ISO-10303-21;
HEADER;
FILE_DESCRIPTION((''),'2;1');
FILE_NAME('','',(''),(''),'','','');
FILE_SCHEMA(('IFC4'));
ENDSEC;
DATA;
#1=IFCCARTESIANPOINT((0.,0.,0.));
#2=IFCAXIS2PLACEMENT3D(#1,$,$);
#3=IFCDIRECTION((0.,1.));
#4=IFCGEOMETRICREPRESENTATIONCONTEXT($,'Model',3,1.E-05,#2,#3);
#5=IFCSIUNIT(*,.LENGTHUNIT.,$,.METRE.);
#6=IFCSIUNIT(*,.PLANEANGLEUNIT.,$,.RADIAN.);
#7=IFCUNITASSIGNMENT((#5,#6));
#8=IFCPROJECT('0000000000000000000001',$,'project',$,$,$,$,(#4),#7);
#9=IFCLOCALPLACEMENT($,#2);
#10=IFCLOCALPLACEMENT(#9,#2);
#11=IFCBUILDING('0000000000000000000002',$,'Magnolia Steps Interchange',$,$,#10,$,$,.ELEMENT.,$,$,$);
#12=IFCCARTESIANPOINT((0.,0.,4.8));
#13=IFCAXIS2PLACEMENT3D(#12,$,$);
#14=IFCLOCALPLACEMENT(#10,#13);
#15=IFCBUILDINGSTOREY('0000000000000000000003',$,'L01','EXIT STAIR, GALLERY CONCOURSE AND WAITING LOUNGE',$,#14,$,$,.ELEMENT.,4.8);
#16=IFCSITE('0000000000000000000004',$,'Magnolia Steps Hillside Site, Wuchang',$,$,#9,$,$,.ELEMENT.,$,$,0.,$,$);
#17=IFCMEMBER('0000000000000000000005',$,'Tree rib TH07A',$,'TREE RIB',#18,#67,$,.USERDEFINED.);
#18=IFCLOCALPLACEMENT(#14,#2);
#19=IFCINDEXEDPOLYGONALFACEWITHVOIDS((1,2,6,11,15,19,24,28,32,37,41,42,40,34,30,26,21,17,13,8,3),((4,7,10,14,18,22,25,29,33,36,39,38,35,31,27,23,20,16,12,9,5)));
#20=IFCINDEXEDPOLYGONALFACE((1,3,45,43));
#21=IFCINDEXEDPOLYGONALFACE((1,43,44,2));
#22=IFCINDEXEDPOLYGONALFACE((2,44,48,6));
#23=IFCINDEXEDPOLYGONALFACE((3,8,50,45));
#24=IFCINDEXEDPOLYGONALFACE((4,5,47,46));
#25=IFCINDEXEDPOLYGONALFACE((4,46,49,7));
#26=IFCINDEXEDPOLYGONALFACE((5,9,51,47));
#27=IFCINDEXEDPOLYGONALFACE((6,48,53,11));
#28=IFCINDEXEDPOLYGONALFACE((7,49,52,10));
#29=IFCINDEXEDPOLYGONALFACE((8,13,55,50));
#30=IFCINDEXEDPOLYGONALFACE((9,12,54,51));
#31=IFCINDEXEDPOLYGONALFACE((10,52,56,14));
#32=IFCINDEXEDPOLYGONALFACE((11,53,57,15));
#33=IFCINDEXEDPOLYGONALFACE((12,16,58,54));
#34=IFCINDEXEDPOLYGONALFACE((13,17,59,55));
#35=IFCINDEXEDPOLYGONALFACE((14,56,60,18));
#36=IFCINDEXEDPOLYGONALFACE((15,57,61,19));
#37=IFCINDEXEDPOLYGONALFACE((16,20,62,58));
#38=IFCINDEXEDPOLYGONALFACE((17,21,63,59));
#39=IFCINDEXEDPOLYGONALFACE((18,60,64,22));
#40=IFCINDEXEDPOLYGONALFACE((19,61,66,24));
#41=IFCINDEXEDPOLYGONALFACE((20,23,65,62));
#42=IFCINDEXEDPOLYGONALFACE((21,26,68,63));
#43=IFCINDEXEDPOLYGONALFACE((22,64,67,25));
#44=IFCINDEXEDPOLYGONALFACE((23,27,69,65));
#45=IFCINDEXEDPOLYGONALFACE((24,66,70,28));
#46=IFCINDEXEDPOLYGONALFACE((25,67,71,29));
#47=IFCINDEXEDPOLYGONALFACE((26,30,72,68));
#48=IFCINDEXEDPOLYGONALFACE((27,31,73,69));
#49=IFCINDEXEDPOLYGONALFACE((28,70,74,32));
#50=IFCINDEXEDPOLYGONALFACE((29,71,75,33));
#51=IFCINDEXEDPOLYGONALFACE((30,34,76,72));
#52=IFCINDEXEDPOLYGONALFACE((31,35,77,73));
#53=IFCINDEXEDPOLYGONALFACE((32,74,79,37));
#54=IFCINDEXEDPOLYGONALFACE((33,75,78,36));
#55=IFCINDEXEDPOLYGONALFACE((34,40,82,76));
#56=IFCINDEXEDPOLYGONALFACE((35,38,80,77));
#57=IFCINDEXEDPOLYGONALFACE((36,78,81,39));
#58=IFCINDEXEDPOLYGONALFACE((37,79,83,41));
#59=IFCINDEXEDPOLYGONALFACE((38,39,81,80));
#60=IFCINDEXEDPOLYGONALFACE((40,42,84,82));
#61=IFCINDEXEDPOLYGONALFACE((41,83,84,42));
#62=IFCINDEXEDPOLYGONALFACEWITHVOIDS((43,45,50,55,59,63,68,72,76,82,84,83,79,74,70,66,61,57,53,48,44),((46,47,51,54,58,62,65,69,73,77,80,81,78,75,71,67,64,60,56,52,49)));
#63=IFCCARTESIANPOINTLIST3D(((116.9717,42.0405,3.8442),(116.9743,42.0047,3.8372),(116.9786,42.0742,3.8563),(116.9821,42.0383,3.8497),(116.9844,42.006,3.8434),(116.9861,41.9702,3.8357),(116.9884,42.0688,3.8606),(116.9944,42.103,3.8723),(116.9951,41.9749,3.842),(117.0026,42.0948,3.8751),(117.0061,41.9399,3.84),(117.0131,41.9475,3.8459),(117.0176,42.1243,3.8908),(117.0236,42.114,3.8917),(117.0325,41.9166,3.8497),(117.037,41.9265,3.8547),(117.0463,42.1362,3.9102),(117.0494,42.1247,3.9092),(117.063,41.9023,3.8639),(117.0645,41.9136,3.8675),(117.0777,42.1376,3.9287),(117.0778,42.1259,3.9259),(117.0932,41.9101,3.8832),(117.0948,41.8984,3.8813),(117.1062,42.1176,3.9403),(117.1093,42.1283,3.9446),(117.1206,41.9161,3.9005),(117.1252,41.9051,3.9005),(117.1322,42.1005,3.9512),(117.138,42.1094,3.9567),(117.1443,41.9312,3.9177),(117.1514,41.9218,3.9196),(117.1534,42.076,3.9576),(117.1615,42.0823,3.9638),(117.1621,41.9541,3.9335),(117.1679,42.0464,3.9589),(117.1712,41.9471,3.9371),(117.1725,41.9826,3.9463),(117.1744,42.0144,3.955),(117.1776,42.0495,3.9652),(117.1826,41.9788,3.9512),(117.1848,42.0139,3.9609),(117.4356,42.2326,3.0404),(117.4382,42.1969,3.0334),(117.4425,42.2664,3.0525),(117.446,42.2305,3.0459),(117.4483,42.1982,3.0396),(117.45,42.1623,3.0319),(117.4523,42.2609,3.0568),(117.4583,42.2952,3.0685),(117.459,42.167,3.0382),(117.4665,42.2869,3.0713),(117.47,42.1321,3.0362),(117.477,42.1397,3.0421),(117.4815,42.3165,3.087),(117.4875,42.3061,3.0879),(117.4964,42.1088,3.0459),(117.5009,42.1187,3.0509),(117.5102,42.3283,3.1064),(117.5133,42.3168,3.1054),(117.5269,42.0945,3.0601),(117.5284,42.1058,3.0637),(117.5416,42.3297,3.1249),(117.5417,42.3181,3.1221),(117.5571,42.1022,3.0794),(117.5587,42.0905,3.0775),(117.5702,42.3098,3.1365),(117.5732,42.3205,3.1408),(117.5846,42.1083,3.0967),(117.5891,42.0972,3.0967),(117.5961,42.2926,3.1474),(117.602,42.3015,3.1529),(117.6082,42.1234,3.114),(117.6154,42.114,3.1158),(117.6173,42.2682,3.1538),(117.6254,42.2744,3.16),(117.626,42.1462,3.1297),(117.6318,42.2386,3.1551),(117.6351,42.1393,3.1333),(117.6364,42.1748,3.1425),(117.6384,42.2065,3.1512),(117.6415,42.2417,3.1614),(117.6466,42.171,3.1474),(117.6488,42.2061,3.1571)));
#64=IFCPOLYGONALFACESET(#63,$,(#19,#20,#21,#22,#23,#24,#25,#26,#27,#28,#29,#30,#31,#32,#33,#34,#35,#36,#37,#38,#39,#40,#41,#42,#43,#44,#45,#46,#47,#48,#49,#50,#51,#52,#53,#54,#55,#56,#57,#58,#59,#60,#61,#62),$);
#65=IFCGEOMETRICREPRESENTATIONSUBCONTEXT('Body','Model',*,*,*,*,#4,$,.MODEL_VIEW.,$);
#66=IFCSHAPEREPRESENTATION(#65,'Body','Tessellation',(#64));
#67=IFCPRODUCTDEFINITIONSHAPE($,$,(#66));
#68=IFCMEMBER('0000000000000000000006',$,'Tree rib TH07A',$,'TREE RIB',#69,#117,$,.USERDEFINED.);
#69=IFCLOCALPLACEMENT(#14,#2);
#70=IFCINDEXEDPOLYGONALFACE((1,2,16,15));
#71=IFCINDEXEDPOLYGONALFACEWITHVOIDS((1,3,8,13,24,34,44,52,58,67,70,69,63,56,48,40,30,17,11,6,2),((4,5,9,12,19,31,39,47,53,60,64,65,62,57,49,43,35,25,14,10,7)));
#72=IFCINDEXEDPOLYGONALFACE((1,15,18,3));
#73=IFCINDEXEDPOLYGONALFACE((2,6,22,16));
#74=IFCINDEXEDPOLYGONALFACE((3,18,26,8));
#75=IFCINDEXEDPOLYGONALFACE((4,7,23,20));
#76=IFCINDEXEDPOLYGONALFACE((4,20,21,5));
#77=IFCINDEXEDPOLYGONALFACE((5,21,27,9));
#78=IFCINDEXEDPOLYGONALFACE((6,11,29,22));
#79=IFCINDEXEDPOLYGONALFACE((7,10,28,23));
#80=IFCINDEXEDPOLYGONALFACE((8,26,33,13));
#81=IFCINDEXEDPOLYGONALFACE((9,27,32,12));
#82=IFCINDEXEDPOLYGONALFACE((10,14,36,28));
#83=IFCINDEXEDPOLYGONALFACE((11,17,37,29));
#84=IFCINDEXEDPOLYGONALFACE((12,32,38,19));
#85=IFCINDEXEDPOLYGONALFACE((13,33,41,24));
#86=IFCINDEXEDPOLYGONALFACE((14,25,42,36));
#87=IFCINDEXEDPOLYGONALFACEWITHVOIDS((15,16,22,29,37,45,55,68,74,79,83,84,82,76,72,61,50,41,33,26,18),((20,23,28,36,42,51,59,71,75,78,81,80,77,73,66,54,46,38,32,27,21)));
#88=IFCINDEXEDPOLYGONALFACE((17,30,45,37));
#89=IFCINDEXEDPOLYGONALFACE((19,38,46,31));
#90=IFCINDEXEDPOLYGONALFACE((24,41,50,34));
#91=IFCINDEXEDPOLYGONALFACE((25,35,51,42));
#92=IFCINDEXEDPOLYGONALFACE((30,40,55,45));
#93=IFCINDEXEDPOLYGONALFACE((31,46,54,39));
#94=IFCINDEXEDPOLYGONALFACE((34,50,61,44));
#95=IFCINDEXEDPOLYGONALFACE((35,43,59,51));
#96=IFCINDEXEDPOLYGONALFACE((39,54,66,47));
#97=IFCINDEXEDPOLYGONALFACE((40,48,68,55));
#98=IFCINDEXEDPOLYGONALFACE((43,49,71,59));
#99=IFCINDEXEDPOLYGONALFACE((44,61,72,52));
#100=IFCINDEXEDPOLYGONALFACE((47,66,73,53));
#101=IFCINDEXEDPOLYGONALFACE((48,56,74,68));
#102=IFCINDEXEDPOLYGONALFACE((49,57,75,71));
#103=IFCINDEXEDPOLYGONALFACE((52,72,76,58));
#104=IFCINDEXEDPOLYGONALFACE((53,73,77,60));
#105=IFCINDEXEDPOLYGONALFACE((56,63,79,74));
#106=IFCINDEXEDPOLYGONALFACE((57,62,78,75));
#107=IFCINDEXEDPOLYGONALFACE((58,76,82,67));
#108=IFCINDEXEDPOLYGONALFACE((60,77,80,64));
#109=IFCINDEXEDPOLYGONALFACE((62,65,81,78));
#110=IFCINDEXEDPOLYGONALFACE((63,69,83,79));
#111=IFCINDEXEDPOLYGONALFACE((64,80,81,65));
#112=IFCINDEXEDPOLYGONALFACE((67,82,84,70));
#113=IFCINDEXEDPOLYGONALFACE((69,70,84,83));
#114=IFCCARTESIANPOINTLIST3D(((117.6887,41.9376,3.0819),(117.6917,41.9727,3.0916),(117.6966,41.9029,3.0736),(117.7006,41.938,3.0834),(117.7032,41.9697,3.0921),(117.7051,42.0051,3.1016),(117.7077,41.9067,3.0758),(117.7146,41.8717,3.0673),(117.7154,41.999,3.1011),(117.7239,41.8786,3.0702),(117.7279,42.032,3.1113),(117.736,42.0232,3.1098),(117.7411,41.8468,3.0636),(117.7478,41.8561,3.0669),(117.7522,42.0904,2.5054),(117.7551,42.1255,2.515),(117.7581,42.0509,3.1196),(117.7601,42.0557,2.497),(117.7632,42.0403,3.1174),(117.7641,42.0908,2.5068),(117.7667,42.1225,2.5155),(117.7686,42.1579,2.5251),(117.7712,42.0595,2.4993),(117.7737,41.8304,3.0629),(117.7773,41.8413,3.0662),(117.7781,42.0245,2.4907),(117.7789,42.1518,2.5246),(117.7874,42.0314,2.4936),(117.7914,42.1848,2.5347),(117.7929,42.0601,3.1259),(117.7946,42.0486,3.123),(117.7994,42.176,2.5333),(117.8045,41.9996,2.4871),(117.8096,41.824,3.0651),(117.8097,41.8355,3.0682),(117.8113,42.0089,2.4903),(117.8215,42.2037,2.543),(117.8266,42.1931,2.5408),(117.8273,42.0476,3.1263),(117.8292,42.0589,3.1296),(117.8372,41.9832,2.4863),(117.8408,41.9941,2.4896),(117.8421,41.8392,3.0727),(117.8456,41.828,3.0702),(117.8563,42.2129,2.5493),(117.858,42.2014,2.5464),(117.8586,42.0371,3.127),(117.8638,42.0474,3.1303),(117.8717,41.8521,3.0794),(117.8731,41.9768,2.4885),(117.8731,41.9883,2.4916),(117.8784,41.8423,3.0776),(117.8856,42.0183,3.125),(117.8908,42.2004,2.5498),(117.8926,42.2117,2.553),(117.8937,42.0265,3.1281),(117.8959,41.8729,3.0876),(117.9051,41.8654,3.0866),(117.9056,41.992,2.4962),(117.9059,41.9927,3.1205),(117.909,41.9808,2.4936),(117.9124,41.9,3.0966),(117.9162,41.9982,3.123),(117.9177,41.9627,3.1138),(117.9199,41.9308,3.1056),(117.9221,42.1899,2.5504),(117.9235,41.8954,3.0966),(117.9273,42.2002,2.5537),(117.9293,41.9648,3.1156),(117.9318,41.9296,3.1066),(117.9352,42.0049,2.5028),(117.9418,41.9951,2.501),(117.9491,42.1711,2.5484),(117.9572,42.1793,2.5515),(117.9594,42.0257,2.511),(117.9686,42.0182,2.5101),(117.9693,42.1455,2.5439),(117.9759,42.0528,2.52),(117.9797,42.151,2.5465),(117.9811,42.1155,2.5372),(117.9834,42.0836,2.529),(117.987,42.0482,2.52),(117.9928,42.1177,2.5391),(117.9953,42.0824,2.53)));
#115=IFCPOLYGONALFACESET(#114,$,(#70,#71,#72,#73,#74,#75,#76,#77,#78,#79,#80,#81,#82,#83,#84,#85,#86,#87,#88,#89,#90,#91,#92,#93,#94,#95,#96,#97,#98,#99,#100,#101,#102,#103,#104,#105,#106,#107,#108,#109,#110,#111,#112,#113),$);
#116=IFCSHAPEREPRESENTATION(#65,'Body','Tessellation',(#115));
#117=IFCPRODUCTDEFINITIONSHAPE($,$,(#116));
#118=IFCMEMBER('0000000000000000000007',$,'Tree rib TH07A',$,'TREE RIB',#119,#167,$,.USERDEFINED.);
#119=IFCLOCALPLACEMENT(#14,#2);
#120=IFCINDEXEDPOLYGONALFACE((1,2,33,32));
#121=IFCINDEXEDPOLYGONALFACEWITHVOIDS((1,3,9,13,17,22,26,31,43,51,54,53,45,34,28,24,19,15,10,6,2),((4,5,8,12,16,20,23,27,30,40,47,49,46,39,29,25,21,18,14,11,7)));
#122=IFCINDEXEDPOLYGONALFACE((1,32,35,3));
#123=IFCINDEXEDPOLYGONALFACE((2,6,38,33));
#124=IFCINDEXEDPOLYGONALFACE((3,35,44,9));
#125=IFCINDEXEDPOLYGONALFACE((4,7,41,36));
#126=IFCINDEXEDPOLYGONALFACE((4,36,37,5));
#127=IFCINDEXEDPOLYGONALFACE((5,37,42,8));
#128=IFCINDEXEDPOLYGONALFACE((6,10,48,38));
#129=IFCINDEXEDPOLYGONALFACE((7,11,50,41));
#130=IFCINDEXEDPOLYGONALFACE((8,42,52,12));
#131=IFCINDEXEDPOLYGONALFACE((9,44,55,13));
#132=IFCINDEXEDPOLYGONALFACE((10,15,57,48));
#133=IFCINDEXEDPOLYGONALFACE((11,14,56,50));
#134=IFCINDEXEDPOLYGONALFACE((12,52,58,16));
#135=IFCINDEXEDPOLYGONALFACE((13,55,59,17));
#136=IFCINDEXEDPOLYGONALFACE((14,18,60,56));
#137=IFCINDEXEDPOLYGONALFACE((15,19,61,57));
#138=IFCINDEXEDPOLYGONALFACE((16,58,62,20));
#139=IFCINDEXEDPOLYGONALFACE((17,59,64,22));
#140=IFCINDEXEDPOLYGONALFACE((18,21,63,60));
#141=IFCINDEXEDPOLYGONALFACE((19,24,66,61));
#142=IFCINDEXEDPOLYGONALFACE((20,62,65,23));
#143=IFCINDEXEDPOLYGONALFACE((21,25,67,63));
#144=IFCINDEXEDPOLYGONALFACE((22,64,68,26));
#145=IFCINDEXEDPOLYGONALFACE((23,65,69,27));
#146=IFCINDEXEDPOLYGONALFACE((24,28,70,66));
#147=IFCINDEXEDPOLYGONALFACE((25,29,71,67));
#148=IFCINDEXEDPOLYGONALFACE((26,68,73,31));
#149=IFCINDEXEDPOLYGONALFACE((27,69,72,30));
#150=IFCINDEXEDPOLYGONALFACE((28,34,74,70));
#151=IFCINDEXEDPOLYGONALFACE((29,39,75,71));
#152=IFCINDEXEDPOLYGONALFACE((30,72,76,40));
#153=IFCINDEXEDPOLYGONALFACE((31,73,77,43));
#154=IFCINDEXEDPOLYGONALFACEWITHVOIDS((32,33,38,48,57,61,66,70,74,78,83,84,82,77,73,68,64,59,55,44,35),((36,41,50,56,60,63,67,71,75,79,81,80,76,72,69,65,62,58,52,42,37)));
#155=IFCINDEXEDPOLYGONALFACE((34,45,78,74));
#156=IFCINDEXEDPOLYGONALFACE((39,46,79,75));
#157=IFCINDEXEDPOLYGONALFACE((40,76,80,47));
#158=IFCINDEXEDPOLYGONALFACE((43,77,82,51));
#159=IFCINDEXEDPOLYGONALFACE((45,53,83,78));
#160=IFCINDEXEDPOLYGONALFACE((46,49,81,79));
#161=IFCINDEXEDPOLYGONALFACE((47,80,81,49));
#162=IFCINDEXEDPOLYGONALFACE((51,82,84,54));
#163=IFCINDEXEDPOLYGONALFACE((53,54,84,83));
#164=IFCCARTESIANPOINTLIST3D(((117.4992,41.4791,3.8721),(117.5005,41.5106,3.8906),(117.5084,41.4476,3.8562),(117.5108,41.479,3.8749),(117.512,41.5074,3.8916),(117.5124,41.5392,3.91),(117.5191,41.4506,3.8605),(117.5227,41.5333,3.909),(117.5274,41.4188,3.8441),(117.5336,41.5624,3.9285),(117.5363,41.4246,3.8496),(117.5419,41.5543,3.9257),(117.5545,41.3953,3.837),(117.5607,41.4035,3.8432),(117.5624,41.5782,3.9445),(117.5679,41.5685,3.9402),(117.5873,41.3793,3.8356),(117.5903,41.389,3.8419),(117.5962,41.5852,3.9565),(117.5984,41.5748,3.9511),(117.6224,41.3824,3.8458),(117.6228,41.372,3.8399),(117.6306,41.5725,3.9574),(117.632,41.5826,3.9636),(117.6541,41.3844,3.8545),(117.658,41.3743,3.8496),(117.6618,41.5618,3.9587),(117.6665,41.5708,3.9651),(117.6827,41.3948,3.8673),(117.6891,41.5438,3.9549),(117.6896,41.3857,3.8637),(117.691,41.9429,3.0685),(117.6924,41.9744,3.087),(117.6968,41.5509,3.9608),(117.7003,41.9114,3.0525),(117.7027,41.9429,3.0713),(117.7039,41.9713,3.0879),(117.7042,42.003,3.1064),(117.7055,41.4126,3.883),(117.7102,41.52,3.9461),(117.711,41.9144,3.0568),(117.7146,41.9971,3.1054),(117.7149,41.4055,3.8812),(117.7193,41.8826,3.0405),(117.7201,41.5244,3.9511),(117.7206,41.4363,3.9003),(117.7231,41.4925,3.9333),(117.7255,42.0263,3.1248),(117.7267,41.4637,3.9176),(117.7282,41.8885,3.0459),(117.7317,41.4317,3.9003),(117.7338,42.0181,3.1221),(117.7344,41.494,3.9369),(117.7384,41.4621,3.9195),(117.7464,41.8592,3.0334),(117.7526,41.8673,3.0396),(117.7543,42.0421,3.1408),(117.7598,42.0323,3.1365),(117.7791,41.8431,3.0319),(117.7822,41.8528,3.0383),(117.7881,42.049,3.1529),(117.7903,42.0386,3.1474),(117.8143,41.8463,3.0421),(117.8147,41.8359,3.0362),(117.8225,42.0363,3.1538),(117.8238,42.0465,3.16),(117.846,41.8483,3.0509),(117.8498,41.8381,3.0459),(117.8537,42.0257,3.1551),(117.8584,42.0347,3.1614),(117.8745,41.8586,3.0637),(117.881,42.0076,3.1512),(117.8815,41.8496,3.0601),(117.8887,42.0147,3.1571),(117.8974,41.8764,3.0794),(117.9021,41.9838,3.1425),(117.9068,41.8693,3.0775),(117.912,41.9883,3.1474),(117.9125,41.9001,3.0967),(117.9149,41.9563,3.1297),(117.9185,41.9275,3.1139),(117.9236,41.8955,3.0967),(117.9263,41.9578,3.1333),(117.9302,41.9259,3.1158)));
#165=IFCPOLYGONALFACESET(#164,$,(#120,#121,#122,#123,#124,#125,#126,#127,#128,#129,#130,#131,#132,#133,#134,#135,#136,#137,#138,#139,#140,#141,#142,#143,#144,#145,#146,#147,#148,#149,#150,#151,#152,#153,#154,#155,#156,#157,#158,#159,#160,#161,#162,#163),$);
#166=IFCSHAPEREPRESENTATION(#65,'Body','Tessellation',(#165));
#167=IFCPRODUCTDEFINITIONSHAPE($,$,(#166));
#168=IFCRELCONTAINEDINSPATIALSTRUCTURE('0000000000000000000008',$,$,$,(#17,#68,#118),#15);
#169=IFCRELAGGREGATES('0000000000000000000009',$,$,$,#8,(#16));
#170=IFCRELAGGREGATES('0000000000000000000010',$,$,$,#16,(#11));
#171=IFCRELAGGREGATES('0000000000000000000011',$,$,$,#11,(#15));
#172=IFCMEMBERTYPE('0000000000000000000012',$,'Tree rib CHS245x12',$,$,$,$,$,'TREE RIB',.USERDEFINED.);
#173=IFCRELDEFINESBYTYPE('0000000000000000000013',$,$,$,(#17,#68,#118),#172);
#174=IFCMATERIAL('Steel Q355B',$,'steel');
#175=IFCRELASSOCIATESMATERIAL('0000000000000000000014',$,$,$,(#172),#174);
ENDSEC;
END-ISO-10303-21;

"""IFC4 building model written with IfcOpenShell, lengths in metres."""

from ifc_helpers import new_model, si_unit, direction, frame, origin, origin_2d, place, context, subcontext, project, spatial, hollow_circle, extrude, material, material_profile, profile_set, type_object, element, save


model = new_model("IFC4")

# Units and contexts
model_context = context("Model", 3, precision=1e-05, world=origin(), true_north=direction((0.0, 1.0)))
body_context = subcontext(model_context, "Body", "Model", "MODEL_VIEW")
ifc_project = project(units=[si_unit("LENGTHUNIT", "METRE"), si_unit("PLANEANGLEUNIT", "RADIAN")], contexts=[model_context])

# Site, building, storey
site_placement = place(None, origin())
site = spatial("IfcSite", under=ifc_project, at=site_placement, Name="Magnolia Steps Hillside Site, Wuchang", CompositionType="ELEMENT", RefElevation=0.0)
building_placement = place(site_placement, origin())
building = spatial("IfcBuilding", under=site, at=building_placement, Name="Magnolia Steps Interchange", CompositionType="ELEMENT")
storey_placement = place(building_placement, frame((0.0, 0.0, 4.8)))
storey = spatial("IfcBuildingStorey", under=building, at=storey_placement, Name="L01", Description="EXIT STAIR, GALLERY CONCOURSE AND WAITING LOUNGE", CompositionType="ELEMENT", Elevation=4.8)

# Members
ifc_material_1 = material(Name="Steel Q355B", Category="steel")
ifc_material_profile_1 = material_profile(ifc_material_1, hollow_circle(Radius=0.1226, WallThickness=0.012, at=origin_2d()), Name="CHS245x12")
ifc_profile_set_1 = profile_set([ifc_material_profile_1], Name="Steel Q355B")
member_type = type_object("IfcMemberType", Name="Tree rib CHS245x12", ElementType="TREE RIB", PredefinedType="USERDEFINED", material=ifc_profile_set_1)
member_1_placement = place(storey_placement, frame((117.5422, 42.2104, 3.0967), z_axis=(-0.489492, -0.202753, 0.848109), x_axis=(0.382681, -0.923881, 0.0)))
element("IfcMember", 1, at=member_1_placement, inside=storey, type_object=member_type, Name="Tree rib TH07A", ObjectType="TREE RIB", PredefinedType="USERDEFINED", context=body_context, shape_type="SweptSolid", body=[
    extrude(hollow_circle(Radius=0.1226, WallThickness=0.012, at=origin_2d()), origin(), (0.0, 0.0, 1.0), 0.9478),
])
member_2_placement = place(storey_placement, frame((117.8738, 42.0952, 2.52), z_axis=(-0.105805, -0.254747, 0.961202), x_axis=(0.923513, -0.383568, 0.0)))
element("IfcMember", 2, at=member_2_placement, inside=storey, type_object=member_type, Name="Tree rib TH07A", ObjectType="TREE RIB", PredefinedType="USERDEFINED", context=body_context, shape_type="SweptSolid", body=[
    extrude(hollow_circle(Radius=0.1226, WallThickness=0.012, at=origin_2d()), origin(), (0.0, 0.0, 1.0), 0.5999),
])
member_3_placement = place(storey_placement, frame((117.8103, 41.9424, 3.0967), z_axis=(-0.202506, -0.489517, 0.848153), x_axis=(0.924052, -0.382266, 0.0)))
element("IfcMember", 3, at=member_3_placement, inside=storey, type_object=member_type, Name="Tree rib TH07A", ObjectType="TREE RIB", PredefinedType="USERDEFINED", context=body_context, shape_type="SweptSolid", body=[
    extrude(hollow_circle(Radius=0.1226, WallThickness=0.012, at=origin_2d()), origin(), (0.0, 0.0, 1.0), 0.9475),
])

save(model, "model.ifc")
